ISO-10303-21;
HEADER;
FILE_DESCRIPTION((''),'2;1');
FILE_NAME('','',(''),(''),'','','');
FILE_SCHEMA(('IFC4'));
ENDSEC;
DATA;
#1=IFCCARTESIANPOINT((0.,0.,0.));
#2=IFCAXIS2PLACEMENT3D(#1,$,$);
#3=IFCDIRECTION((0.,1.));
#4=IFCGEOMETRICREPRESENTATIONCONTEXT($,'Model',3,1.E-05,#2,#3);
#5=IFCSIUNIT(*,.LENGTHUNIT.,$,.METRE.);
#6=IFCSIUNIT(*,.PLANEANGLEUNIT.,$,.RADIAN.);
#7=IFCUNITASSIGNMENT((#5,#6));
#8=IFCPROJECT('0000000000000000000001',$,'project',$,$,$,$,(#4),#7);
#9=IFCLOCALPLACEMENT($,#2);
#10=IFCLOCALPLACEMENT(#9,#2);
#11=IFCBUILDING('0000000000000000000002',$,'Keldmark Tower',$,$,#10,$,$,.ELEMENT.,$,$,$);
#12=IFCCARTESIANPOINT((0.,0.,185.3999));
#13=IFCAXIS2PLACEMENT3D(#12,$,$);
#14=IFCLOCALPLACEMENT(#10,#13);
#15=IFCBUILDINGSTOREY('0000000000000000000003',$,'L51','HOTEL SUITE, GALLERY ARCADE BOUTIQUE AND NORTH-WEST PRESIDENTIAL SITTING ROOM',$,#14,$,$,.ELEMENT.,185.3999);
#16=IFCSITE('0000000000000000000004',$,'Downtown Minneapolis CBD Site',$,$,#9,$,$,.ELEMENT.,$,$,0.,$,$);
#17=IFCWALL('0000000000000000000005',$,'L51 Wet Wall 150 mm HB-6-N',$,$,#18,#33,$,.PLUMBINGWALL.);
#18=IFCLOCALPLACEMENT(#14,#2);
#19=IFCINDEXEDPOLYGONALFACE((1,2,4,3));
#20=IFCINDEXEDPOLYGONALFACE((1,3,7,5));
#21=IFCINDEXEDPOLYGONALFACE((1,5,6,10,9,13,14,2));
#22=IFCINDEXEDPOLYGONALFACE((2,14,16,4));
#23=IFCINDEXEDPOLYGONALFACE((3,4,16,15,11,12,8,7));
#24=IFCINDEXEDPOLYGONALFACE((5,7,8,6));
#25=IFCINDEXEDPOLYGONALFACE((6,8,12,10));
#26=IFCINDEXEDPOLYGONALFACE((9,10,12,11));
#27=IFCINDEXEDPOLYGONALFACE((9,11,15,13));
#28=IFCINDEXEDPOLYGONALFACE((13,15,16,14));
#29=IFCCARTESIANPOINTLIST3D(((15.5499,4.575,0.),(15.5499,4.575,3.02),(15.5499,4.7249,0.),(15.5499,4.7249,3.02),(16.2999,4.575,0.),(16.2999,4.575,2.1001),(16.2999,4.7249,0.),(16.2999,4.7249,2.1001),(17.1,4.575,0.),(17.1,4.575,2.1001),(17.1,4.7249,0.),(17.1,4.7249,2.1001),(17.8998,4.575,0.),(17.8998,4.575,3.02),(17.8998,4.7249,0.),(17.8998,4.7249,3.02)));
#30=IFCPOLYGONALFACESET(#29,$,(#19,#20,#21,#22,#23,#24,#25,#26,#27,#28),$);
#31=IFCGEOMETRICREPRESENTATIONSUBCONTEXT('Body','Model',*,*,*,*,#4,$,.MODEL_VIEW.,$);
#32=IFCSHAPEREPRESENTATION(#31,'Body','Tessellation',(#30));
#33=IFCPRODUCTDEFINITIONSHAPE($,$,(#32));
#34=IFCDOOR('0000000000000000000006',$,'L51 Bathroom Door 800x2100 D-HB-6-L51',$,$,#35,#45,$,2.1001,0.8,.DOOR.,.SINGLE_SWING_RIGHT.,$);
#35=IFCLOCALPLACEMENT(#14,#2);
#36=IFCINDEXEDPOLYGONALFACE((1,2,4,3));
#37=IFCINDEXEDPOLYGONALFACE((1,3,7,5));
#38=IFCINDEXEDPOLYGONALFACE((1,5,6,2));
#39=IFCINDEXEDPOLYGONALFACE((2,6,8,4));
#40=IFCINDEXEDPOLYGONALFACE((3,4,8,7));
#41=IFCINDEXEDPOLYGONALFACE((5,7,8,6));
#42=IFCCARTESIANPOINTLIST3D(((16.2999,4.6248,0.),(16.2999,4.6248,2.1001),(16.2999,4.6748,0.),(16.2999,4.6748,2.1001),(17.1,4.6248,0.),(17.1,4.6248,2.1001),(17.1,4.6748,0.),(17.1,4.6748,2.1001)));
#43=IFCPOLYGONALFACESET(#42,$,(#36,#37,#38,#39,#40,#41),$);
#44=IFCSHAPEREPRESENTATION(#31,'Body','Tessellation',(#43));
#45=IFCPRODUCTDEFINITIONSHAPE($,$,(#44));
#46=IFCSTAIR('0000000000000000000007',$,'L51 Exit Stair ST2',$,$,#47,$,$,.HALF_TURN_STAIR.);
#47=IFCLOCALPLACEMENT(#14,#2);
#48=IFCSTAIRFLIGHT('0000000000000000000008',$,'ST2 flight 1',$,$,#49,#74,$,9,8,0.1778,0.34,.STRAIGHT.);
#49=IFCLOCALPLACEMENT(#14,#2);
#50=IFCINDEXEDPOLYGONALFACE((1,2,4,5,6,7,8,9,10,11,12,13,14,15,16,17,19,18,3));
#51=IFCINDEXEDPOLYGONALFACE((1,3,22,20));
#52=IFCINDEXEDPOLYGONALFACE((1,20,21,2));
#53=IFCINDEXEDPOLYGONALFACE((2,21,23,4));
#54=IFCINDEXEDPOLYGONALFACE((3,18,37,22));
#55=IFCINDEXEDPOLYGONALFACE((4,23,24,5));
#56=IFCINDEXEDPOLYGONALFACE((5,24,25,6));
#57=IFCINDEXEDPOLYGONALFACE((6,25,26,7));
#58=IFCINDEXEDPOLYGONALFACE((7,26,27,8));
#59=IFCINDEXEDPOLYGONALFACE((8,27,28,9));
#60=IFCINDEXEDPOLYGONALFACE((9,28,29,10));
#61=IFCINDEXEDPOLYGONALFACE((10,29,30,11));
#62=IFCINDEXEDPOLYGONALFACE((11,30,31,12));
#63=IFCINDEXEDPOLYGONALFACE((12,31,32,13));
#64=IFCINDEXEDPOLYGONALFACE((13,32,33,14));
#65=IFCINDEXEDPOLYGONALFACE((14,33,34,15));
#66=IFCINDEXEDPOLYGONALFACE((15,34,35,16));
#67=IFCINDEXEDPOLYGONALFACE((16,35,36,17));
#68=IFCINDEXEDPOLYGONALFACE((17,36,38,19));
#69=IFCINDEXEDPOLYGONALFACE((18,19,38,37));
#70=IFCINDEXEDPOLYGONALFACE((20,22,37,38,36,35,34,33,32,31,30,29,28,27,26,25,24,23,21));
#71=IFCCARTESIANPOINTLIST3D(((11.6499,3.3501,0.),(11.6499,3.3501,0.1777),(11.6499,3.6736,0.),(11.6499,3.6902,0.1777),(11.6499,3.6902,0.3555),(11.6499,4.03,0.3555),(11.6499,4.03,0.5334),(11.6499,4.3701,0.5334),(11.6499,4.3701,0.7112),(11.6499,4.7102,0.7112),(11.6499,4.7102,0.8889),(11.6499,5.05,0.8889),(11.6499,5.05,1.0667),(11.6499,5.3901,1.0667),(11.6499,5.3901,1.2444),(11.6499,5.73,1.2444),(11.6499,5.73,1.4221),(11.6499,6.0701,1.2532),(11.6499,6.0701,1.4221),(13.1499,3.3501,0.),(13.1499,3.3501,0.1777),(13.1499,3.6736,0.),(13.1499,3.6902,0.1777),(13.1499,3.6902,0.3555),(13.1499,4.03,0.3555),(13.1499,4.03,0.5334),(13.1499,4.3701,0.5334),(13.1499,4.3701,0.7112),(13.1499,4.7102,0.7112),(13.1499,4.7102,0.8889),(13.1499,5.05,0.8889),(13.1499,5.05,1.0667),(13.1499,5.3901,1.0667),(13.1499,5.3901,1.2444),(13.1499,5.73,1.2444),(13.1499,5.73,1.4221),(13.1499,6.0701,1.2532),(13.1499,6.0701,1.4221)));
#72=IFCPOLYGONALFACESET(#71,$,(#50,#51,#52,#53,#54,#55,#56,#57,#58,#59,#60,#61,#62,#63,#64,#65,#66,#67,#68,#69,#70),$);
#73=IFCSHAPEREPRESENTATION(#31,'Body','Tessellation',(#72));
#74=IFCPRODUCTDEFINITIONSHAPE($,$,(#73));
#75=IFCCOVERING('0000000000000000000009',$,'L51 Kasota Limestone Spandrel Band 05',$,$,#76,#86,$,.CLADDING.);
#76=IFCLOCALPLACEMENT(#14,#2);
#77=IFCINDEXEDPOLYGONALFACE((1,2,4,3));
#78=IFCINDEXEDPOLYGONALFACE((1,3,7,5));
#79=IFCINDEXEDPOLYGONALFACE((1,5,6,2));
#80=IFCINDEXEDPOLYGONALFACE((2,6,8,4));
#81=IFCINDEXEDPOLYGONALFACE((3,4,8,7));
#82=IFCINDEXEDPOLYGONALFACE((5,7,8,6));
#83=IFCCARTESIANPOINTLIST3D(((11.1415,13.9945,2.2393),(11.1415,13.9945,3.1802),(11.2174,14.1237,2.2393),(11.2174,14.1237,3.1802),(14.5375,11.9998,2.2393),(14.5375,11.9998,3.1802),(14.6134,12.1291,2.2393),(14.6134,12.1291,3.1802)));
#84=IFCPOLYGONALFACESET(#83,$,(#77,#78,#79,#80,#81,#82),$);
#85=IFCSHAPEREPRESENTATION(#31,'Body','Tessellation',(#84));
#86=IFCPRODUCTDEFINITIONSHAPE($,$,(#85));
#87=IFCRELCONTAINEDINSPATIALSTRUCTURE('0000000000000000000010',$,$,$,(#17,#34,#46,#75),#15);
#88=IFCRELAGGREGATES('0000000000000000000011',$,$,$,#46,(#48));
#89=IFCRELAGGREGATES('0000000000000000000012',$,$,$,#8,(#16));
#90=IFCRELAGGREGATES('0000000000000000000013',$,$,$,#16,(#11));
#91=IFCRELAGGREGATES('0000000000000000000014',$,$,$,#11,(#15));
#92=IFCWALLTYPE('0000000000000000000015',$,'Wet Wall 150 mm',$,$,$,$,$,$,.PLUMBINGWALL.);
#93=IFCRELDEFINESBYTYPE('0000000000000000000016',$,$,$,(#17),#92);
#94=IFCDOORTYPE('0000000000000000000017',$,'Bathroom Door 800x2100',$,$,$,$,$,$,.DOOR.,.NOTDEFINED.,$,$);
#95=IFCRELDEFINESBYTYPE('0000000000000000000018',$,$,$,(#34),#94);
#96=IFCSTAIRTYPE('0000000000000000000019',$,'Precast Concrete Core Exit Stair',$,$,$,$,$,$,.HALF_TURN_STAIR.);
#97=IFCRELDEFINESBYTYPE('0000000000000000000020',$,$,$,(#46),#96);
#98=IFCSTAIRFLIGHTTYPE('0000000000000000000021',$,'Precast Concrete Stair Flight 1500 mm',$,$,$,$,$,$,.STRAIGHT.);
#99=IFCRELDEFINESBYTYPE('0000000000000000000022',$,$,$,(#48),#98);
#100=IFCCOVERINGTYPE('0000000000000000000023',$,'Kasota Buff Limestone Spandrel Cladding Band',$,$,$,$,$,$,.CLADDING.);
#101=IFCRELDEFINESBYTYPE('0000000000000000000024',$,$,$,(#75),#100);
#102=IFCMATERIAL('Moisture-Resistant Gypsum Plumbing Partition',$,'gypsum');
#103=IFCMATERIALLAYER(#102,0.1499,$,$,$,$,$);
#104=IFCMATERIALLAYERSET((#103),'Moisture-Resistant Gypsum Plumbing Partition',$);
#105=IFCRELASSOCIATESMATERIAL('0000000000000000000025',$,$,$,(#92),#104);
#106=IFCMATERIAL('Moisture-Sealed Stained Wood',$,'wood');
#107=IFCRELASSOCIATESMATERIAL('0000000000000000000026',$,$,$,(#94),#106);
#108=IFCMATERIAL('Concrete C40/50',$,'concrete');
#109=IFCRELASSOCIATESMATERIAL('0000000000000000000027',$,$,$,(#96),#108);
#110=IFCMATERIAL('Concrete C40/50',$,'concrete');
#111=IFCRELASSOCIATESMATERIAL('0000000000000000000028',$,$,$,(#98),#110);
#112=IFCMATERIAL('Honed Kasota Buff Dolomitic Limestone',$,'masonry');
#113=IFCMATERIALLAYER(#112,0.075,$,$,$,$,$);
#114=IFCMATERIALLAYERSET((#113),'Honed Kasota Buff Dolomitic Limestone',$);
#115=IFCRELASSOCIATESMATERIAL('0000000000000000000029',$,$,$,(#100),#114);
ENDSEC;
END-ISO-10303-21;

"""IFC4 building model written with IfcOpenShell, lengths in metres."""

from ifc_helpers import new_model, si_unit, direction, frame, frame_2d, origin, origin_2d, place, context, subcontext, project, spatial, polyline, rectangle, outline, extrude, material, layer, layer_set, type_object, element, fill, aggregate, save


model = new_model("IFC4")

# Units and contexts
model_context = context("Model", 3, precision=1e-05, world=origin(), true_north=direction((0.0, 1.0)))
body_context = subcontext(model_context, "Body", "Model", "MODEL_VIEW")
ifc_project = project(units=[si_unit("LENGTHUNIT", "METRE"), si_unit("PLANEANGLEUNIT", "RADIAN")], contexts=[model_context])

# Site, building, storey
site_placement = place(None, origin())
site = spatial("IfcSite", under=ifc_project, at=site_placement, Name="Downtown Minneapolis CBD Site", CompositionType="ELEMENT", RefElevation=0.0)
building_placement = place(site_placement, origin())
building = spatial("IfcBuilding", under=site, at=building_placement, Name="Keldmark Tower", CompositionType="ELEMENT")
storey_placement = place(building_placement, frame((0.0, 0.0, 185.3999)))
storey = spatial("IfcBuildingStorey", under=building, at=storey_placement, Name="L51", Description="HOTEL SUITE, GALLERY ARCADE BOUTIQUE AND NORTH-WEST PRESIDENTIAL SITTING ROOM", CompositionType="ELEMENT", Elevation=185.3999)

# Shared definitions
ifc_material_1 = material(Name="Moisture-Resistant Gypsum Plumbing Partition", Category="gypsum")
ifc_layer_1 = layer(ifc_material_1, 0.1499)
ifc_layer_set_1 = layer_set([ifc_layer_1], Name="Moisture-Resistant Gypsum Plumbing Partition")
wall_type_1 = type_object("IfcWallType", Name="Wet Wall 150 mm", PredefinedType="PLUMBINGWALL", material=ifc_layer_set_1)

# Wall, opening, door
wall_1_placement = place(storey_placement, frame((15.55, 4.6499, 0.0), z_axis=(0.0, 0.0, 1.0), x_axis=(1.0, 0.0, 0.0)))
wall_1 = element("IfcWall", 1, at=wall_1_placement, inside=storey, type_object=wall_type_1, Name="L51 Wet Wall 150 mm HB-6-N", PredefinedType="PLUMBINGWALL", context=body_context, shape_type="SweptSolid", body=[
    extrude(rectangle(XDim=2.3499, YDim=0.1499, at=frame_2d((1.1748, 0.0))), origin(), (0.0, 0.0, 1.0), 3.02),
])
opening_1_placement = place(wall_1_placement, frame((0.75, 0.0, 0.0)))
opening_1 = element("IfcOpeningElement", 2, at=opening_1_placement, cuts=wall_1, PredefinedType="OPENING", context=body_context, shape_type="SweptSolid", body=[
    extrude(rectangle(XDim=0.8, YDim=2.1001, at=frame_2d((0.3999, 1.05))), frame((0.0, 0.085, 0.0), z_axis=(0.0, -1.0, 0.0), x_axis=(1.0, 0.0, 0.0)), (0.0, 0.0, 1.0), 0.1699),
])
ifc_material_2 = material(Name="Moisture-Sealed Stained Wood", Category="wood")
door_type_1 = type_object("IfcDoorType", Name="Bathroom Door 800x2100", OperationType="NOTDEFINED", PredefinedType="DOOR", material=ifc_material_2)
door_1_placement = place(opening_1_placement, origin())
door_1 = element("IfcDoor", 3, at=door_1_placement, inside=storey, type_object=door_type_1, Name="L51 Bathroom Door 800x2100 D-HB-6-L51", OperationType="SINGLE_SWING_RIGHT", OverallHeight=2.1001, OverallWidth=0.8, PredefinedType="DOOR", context=body_context, shape_type="SweptSolid", body=[
    extrude(rectangle(XDim=0.8, YDim=2.1001, at=frame_2d((0.3999, 1.05))), frame((0.0, 0.0249, 0.0), z_axis=(0.0, -1.0, 0.0), x_axis=(1.0, 0.0, 0.0)), (0.0, 0.0, 1.0), 0.05),
])
fill(opening_1, door_1)

# Stair, stair flight
ifc_material_3 = material(Name="Concrete C40/50", Category="concrete")
stair_type = type_object("IfcStairType", Name="Precast Concrete Core Exit Stair", PredefinedType="HALF_TURN_STAIR", material=ifc_material_3)
stair_placement = place(storey_placement, origin())
stair = element("IfcStair", 4, at=stair_placement, inside=storey, type_object=stair_type, Name="L51 Exit Stair ST2", PredefinedType="HALF_TURN_STAIR")
ifc_material_4 = material(Name="Concrete C40/50", Category="concrete")
stair_flight_type = type_object("IfcStairFlightType", Name="Precast Concrete Stair Flight 1500 mm", PredefinedType="STRAIGHT", material=ifc_material_4)
stair_flight_placement = place(storey_placement, frame((12.3999, 3.3501, 0.0), z_axis=(0.0, 0.0, 1.0), x_axis=(0.0, 1.0, 0.0)))
stair_flight = element("IfcStairFlight", 5, at=stair_flight_placement, type_object=stair_flight_type, Name="ST2 flight 1", NumberOfRisers=9, NumberOfTreads=8, PredefinedType="STRAIGHT", RiserHeight=0.1778, TreadLength=0.34, context=body_context, shape_type="SweptSolid", body=[
    extrude(outline(polyline([(0.0, 0.0), (0.0, 0.1777), (0.3401, 0.1777), (0.3401, 0.3555), (0.6799, 0.3555), (0.6799, 0.5334), (1.02, 0.5334), (1.02, 0.7112), (1.3601, 0.7112), (1.3601, 0.8889), (1.7, 0.8889), (1.7, 1.0667), (2.04, 1.0667), (2.04, 1.2444), (2.3799, 1.2444), (2.3799, 1.4221), (2.72, 1.4221), (2.72, 1.6001), (2.72, 1.2532), (0.3235, 0.0), (0.0, 0.0)])), frame((0.0, 0.75, 0.0), z_axis=(0.0, -1.0, 0.0), x_axis=(1.0, 0.0, 0.0)), (0.0, 0.0, 1.0), 1.5),
])
aggregate(stair, [stair_flight])

# Covering
ifc_material_5 = material(Name="Honed Kasota Buff Dolomitic Limestone", Category="masonry")
ifc_layer_2 = layer(ifc_material_5, 0.075)
ifc_layer_set_2 = layer_set([ifc_layer_2], Name="Honed Kasota Buff Dolomitic Limestone")
covering_type = type_object("IfcCoveringType", Name="Kasota Buff Limestone Spandrel Cladding Band", PredefinedType="CLADDING", material=ifc_layer_set_2)
covering_placement = place(storey_placement, frame((12.8774, 13.0618, 2.2393), z_axis=(0.0, 0.0, 1.0), x_axis=(-0.862266, 0.506455, 0.0)))
element("IfcCovering", 6, at=covering_placement, inside=storey, type_object=covering_type, Name="L51 Kasota Limestone Spandrel Band 05", PredefinedType="CLADDING", context=body_context, shape_type="SweptSolid", body=[
    extrude(rectangle(XDim=3.9385, YDim=0.1499, at=origin_2d()), origin(), (0.0, 0.0, 1.0), 0.9409),
])

save(model, "model.ifc")
